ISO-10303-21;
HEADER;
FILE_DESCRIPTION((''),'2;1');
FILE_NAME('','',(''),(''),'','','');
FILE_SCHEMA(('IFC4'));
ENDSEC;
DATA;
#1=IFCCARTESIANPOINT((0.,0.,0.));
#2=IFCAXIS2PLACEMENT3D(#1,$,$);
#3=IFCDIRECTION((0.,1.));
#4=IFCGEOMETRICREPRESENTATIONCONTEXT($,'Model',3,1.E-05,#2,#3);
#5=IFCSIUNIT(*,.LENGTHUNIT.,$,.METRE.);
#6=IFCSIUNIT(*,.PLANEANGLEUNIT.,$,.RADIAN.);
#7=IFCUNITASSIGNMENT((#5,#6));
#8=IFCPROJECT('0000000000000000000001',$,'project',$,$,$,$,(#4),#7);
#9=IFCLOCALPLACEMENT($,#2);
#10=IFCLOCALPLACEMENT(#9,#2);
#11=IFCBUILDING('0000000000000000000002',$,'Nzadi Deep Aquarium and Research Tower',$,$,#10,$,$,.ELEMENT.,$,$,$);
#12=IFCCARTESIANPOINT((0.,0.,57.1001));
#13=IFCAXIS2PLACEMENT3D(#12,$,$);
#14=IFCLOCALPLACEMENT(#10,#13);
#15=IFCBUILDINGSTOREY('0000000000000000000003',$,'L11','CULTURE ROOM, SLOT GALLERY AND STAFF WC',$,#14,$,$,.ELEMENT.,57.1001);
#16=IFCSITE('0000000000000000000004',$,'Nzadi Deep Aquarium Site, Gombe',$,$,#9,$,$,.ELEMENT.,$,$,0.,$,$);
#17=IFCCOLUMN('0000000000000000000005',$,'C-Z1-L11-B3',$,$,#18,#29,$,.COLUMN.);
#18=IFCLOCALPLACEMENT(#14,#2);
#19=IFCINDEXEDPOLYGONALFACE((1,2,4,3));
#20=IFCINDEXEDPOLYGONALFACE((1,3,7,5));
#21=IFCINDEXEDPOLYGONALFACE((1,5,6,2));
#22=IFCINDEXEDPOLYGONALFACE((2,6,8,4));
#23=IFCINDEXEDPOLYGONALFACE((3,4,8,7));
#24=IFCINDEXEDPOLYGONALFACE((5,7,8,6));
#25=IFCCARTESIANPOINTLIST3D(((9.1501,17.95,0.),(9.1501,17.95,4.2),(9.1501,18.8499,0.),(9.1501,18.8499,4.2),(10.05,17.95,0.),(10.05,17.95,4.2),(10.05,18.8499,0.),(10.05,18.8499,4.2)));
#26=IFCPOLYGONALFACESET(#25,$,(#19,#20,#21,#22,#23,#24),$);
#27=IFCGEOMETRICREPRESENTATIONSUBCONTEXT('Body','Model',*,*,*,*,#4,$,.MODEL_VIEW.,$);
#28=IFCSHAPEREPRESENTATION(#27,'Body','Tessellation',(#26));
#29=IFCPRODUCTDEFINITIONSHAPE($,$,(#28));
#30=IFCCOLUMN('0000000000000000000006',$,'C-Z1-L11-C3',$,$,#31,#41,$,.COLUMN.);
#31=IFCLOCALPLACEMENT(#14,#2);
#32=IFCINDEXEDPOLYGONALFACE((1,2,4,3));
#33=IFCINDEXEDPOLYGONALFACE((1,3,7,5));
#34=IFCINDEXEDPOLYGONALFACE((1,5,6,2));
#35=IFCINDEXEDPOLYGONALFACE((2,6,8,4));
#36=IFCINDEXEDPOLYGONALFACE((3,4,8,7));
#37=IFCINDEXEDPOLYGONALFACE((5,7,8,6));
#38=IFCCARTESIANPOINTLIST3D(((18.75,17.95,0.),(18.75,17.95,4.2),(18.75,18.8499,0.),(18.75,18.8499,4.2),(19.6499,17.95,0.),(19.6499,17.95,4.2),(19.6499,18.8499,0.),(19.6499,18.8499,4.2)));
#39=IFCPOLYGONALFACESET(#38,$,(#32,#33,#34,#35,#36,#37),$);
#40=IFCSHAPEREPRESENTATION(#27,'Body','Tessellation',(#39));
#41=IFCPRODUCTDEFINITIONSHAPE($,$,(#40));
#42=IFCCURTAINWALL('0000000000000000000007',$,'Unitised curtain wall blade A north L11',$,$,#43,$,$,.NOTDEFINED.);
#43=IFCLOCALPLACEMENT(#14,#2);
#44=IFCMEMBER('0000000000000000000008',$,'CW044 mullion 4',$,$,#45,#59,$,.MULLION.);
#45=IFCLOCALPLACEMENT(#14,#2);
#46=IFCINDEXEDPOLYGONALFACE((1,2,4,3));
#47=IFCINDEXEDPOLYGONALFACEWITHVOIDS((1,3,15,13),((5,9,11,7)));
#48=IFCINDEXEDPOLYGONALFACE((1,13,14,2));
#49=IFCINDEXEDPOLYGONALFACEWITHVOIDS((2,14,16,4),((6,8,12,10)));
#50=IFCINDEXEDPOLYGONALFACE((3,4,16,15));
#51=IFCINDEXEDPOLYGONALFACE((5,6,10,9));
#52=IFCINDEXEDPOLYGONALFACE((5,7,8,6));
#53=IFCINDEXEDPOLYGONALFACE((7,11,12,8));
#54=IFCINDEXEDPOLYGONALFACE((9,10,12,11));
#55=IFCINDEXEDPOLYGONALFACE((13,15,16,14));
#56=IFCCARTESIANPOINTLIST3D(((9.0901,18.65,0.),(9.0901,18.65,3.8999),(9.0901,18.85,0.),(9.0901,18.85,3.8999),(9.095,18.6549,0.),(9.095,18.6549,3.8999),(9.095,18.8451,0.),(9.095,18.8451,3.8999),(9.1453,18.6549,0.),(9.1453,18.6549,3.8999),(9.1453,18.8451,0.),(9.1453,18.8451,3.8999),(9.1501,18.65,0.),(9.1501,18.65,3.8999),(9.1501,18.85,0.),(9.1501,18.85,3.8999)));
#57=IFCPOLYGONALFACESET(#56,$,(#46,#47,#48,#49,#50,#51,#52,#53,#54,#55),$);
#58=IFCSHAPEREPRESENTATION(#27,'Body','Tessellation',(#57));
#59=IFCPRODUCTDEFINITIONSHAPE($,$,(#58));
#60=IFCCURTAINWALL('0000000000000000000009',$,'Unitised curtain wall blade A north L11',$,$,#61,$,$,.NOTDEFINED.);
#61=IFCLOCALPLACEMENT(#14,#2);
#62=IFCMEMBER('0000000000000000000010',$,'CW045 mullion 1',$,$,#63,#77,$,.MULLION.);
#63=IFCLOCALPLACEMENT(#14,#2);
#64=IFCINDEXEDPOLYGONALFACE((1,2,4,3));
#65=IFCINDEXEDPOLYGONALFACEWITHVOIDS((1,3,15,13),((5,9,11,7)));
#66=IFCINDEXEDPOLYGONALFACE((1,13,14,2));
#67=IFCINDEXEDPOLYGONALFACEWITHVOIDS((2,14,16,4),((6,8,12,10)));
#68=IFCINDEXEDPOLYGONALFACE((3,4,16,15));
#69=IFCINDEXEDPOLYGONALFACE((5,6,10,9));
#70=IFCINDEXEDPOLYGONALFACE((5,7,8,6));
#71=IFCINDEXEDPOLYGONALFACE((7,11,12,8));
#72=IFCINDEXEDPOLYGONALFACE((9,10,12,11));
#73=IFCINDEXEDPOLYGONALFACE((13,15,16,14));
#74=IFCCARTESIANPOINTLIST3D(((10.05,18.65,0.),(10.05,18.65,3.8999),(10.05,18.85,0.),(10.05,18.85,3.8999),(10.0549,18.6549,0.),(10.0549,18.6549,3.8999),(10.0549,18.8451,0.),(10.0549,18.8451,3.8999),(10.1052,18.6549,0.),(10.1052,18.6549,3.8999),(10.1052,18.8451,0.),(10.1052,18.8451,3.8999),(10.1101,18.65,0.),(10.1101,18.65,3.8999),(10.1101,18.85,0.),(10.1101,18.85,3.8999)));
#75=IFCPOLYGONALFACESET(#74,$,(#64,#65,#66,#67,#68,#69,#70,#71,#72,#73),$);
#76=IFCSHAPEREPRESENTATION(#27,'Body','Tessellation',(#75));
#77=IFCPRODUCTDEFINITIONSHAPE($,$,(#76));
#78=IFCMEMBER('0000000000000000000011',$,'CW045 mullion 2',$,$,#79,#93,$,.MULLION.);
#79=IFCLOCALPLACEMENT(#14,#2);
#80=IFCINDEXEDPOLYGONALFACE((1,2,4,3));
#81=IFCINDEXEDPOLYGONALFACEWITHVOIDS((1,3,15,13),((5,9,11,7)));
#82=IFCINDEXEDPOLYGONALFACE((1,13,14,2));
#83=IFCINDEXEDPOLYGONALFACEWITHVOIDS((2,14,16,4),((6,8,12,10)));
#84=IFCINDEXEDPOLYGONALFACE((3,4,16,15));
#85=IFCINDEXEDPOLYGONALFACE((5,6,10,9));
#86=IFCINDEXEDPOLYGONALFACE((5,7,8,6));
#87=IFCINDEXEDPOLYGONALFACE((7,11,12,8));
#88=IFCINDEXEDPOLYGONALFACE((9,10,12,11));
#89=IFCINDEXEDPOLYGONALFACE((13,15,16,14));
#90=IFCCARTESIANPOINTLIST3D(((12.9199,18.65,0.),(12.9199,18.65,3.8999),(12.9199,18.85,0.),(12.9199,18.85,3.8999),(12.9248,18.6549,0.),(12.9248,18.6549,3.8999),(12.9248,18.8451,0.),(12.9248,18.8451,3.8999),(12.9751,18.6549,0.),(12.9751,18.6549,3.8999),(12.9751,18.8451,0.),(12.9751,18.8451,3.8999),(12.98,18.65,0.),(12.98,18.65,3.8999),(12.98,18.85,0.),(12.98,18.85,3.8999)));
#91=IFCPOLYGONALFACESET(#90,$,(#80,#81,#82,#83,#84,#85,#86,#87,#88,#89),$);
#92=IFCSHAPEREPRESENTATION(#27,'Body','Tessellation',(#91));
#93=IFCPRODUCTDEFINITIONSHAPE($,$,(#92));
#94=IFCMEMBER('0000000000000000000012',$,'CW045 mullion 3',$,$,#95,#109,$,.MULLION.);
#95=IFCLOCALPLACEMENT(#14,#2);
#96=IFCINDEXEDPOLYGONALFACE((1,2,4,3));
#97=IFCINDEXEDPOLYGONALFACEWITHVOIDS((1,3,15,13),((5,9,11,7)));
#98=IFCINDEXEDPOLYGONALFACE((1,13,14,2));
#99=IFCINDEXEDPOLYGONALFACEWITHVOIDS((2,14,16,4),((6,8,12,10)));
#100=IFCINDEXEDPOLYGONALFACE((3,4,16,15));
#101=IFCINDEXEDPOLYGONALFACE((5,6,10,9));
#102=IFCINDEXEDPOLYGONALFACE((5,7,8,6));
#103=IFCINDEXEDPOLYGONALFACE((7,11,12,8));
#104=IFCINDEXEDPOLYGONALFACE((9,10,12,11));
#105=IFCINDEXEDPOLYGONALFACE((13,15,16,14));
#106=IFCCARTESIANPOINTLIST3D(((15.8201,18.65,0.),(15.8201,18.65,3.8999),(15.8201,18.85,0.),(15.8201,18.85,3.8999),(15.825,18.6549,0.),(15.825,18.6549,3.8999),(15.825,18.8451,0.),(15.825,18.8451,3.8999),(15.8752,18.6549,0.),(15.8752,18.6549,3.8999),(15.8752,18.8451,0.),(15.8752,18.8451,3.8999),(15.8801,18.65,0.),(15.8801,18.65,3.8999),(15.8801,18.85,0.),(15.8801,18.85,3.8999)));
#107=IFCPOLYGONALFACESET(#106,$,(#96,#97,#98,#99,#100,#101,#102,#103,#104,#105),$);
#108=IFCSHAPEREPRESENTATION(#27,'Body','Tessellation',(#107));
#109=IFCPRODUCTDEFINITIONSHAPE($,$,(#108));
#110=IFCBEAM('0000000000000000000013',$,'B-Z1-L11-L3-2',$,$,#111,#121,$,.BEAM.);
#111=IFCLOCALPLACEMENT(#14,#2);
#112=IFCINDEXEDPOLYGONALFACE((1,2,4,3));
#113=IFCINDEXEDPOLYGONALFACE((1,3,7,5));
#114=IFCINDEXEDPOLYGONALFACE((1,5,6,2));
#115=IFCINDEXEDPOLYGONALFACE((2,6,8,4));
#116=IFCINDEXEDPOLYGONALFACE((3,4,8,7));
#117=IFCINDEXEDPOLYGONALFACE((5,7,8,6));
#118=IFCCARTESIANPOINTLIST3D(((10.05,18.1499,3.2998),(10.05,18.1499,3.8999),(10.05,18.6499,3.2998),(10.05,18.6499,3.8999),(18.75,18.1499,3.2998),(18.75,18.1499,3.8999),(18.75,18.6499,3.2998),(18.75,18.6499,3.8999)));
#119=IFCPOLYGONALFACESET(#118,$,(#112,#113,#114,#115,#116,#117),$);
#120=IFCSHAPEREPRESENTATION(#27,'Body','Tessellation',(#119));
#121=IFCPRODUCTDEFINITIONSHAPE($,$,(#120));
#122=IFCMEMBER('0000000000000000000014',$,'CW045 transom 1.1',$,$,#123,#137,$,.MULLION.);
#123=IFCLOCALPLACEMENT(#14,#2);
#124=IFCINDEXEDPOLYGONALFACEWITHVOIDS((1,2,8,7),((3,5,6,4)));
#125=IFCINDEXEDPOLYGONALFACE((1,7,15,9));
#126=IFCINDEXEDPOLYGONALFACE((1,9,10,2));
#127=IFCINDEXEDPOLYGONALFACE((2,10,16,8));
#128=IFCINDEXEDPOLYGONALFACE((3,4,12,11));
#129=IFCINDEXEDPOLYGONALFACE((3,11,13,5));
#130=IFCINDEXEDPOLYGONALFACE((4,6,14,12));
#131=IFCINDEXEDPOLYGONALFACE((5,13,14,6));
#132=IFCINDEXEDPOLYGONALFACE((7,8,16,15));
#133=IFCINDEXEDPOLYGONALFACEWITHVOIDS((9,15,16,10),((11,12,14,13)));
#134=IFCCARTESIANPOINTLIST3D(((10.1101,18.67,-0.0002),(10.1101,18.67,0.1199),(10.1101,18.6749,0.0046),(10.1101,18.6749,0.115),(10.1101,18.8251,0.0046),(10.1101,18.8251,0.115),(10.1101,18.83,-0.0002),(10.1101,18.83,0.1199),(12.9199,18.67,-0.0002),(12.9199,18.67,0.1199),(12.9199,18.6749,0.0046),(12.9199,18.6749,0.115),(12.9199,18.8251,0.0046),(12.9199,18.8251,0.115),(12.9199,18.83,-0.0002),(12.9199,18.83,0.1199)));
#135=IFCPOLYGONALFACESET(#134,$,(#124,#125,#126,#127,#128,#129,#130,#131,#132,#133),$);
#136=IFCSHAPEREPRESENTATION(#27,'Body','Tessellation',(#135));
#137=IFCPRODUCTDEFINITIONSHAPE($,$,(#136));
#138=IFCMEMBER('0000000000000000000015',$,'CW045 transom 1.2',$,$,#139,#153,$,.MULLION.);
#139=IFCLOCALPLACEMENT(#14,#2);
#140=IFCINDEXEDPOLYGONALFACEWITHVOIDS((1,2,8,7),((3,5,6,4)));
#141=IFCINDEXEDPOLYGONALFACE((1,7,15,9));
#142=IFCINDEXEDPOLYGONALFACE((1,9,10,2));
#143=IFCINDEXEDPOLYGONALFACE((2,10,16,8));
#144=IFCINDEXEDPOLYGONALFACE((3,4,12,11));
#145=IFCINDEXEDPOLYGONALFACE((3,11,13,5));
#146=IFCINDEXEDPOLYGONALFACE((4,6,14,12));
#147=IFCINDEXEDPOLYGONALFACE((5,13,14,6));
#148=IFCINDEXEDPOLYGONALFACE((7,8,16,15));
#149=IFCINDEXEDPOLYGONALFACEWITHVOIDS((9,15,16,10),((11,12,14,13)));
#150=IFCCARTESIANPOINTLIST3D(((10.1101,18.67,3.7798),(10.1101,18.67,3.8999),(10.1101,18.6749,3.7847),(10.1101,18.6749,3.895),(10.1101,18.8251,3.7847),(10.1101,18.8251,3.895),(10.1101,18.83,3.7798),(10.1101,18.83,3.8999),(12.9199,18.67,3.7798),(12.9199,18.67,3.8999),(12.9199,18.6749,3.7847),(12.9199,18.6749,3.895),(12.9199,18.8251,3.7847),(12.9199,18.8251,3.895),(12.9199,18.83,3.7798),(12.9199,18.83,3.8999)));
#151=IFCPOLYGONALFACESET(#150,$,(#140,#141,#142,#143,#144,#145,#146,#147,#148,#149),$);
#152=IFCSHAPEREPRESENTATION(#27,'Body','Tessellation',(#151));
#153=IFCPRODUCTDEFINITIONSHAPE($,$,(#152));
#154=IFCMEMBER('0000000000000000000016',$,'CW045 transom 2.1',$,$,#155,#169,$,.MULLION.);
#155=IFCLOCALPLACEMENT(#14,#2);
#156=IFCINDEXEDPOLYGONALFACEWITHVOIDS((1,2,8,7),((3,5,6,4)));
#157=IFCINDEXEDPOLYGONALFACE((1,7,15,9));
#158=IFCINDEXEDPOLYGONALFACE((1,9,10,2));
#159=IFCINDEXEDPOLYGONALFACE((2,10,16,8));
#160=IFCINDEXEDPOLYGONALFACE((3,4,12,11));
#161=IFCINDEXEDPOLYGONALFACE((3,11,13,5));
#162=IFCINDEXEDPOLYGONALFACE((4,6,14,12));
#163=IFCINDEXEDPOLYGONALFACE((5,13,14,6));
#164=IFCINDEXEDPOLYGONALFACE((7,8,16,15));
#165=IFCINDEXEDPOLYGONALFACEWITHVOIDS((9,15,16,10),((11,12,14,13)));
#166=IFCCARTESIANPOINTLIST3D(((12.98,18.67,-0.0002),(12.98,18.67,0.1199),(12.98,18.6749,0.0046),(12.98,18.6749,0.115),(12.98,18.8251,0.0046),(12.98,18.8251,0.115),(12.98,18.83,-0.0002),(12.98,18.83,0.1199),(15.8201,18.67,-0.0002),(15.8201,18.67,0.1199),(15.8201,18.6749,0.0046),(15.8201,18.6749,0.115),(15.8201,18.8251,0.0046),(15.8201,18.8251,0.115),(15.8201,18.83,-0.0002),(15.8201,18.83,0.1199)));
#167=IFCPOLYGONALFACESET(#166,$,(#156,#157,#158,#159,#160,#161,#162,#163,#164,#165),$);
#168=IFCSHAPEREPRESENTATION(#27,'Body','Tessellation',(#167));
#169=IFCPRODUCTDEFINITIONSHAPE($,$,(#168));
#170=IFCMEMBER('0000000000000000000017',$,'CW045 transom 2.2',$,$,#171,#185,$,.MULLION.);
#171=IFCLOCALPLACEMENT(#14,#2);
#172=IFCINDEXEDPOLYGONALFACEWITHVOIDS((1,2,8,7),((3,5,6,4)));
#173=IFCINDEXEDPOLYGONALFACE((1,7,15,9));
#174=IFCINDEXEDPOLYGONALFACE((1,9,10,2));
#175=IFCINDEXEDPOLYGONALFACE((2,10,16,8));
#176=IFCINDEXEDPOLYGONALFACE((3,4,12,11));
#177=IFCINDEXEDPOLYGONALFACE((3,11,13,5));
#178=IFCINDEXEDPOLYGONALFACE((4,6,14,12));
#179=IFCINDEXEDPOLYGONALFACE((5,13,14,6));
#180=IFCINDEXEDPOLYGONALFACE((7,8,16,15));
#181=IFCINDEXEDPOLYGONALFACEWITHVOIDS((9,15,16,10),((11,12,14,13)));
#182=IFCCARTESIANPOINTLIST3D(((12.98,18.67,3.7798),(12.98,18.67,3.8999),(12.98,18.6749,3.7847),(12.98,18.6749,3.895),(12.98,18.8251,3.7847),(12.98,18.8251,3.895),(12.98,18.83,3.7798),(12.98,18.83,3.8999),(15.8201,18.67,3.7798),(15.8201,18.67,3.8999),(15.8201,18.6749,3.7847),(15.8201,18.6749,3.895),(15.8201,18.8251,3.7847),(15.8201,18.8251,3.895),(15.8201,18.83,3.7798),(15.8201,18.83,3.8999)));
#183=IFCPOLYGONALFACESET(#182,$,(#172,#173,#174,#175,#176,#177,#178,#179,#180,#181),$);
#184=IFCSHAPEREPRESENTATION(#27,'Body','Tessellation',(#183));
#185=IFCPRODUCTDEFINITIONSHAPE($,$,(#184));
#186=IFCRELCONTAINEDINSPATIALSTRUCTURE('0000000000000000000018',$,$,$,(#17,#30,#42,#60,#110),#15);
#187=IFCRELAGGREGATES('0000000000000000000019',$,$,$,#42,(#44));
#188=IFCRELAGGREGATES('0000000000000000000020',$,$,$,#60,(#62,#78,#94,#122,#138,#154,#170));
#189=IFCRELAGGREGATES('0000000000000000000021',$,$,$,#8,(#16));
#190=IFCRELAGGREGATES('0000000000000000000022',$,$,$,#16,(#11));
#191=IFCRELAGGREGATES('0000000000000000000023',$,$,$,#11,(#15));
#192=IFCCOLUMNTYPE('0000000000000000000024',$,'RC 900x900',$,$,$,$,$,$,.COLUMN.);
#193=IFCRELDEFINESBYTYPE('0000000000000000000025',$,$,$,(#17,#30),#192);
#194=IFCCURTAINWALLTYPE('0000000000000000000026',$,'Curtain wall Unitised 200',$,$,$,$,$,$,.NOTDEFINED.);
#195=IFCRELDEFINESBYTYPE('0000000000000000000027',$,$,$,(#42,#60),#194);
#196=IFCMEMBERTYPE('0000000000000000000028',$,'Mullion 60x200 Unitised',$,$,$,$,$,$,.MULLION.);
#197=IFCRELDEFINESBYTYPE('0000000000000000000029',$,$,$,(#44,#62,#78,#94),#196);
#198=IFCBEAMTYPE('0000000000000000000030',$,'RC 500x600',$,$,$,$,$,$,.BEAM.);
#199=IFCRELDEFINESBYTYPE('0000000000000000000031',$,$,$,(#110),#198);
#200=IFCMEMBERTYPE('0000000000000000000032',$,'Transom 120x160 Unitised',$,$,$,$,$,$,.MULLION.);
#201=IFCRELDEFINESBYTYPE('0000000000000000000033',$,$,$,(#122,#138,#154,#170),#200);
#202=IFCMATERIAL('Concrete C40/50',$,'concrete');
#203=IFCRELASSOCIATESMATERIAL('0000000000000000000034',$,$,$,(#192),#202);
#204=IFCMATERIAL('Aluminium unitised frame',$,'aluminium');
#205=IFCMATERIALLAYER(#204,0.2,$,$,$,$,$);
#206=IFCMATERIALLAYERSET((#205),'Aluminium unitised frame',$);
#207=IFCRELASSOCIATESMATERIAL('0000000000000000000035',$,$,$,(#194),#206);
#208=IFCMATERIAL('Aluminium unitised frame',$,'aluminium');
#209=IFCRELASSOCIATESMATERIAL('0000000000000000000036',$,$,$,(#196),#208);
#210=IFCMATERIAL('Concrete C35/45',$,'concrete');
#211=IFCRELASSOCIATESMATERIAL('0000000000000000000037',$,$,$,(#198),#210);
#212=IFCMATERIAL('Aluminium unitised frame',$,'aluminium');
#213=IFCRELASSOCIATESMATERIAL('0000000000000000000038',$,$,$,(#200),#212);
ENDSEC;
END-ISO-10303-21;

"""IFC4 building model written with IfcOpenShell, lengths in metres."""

from ifc_helpers import new_model, si_unit, direction, frame, origin, origin_2d, place, context, subcontext, project, spatial, rectangle, hollow_rectangle, extrude, material, layer, layer_set, material_profile, profile_set, type_object, element, aggregate, save


model = new_model("IFC4")

# Units and contexts
model_context = context("Model", 3, precision=1e-05, world=origin(), true_north=direction((0.0, 1.0)))
body_context = subcontext(model_context, "Body", "Model", "MODEL_VIEW")
ifc_project = project(units=[si_unit("LENGTHUNIT", "METRE"), si_unit("PLANEANGLEUNIT", "RADIAN")], contexts=[model_context])

# Site, building, storey
site_placement = place(None, origin())
site = spatial("IfcSite", under=ifc_project, at=site_placement, Name="Nzadi Deep Aquarium Site, Gombe", CompositionType="ELEMENT", RefElevation=0.0)
building_placement = place(site_placement, origin())
building = spatial("IfcBuilding", under=site, at=building_placement, Name="Nzadi Deep Aquarium and Research Tower", CompositionType="ELEMENT")
storey_placement = place(building_placement, frame((0.0, 0.0, 57.1001)))
storey = spatial("IfcBuildingStorey", under=building, at=storey_placement, Name="L11", Description="CULTURE ROOM, SLOT GALLERY AND STAFF WC", CompositionType="ELEMENT", Elevation=57.1001)

# Columns
ifc_material_1 = material(Name="Concrete C40/50", Category="concrete")
ifc_material_profile_1 = material_profile(ifc_material_1, rectangle(XDim=0.8999, YDim=0.8999, at=origin_2d()))
ifc_profile_set_1 = profile_set([ifc_material_profile_1], Name="Concrete C40/50")
column_type = type_object("IfcColumnType", Name="RC 900x900", PredefinedType="COLUMN", material=ifc_profile_set_1)
for number, where, z_axis, x_axis, name in (
    (1, (9.6001, 18.3999, 0.0), (0.0, 0.0, 1.0), (1.0, 0.0, 0.0), "C-Z1-L11-B3"),
    (2, (19.2, 18.3999, 0.0), (0.0, 0.0, 1.0), (1.0, 0.0, 0.0), "C-Z1-L11-C3"),
):
    element("IfcColumn", number, at=place(storey_placement, frame(where, z_axis=z_axis, x_axis=x_axis)), inside=storey, type_object=column_type, Name=name, PredefinedType="COLUMN", context=body_context, shape_type="SweptSolid", body=[
        extrude(rectangle(XDim=0.8999, YDim=0.8999, at=origin_2d()), origin(), (0.0, 0.0, 1.0), 4.2),
    ])

# Curtain wall, member
ifc_material_2 = material(Name="Aluminium unitised frame", Category="aluminium")
ifc_layer_1 = layer(ifc_material_2, 0.2)
ifc_layer_set_1 = layer_set([ifc_layer_1], Name="Aluminium unitised frame")
curtain_wall_type = type_object("IfcCurtainWallType", Name="Curtain wall Unitised 200", PredefinedType="NOTDEFINED", material=ifc_layer_set_1)
curtain_wall_1_placement = place(storey_placement, origin())
curtain_wall_1 = element("IfcCurtainWall", 3, at=curtain_wall_1_placement, inside=storey, type_object=curtain_wall_type, Name="Unitised curtain wall blade A north L11", PredefinedType="NOTDEFINED")
ifc_material_3 = material(Name="Aluminium unitised frame", Category="aluminium")
ifc_material_profile_2 = material_profile(ifc_material_3, hollow_rectangle(XDim=0.2, YDim=0.0601, WallThickness=0.0049, at=origin_2d()))
ifc_profile_set_2 = profile_set([ifc_material_profile_2], Name="Aluminium unitised frame")
member_type_1 = type_object("IfcMemberType", Name="Mullion 60x200 Unitised", PredefinedType="MULLION", material=ifc_profile_set_2)
member_1_placement = place(storey_placement, frame((9.1201, 18.75, 0.0), z_axis=(0.0, 0.0, 1.0), x_axis=(0.0, 1.0, 0.0)))
member_1 = element("IfcMember", 4, at=member_1_placement, type_object=member_type_1, Name="CW044 mullion 4", PredefinedType="MULLION", context=body_context, shape_type="SweptSolid", body=[
    extrude(hollow_rectangle(XDim=0.2, YDim=0.0601, WallThickness=0.0049, at=origin_2d()), origin(), (0.0, 0.0, 1.0), 3.8999),
])
aggregate(curtain_wall_1, [member_1])

# Curtain wall, members
curtain_wall_2_placement = place(storey_placement, origin())
curtain_wall_2 = element("IfcCurtainWall", 5, at=curtain_wall_2_placement, inside=storey, type_object=curtain_wall_type, Name="Unitised curtain wall blade A north L11", PredefinedType="NOTDEFINED")
member_2_placement = place(storey_placement, frame((10.0801, 18.75, 0.0), z_axis=(0.0, 0.0, 1.0), x_axis=(0.0, 1.0, 0.0)))
member_2 = element("IfcMember", 6, at=member_2_placement, type_object=member_type_1, Name="CW045 mullion 1", PredefinedType="MULLION", context=body_context, shape_type="SweptSolid", body=[
    extrude(hollow_rectangle(XDim=0.2, YDim=0.0601, WallThickness=0.0049, at=origin_2d()), origin(), (0.0, 0.0, 1.0), 3.8999),
])
member_3_placement = place(storey_placement, frame((12.95, 18.75, 0.0), z_axis=(0.0, 0.0, 1.0), x_axis=(0.0, 1.0, 0.0)))
member_3 = element("IfcMember", 7, at=member_3_placement, type_object=member_type_1, Name="CW045 mullion 2", PredefinedType="MULLION", context=body_context, shape_type="SweptSolid", body=[
    extrude(hollow_rectangle(XDim=0.2, YDim=0.0601, WallThickness=0.0049, at=origin_2d()), origin(), (0.0, 0.0, 1.0), 3.8999),
])
member_4_placement = place(storey_placement, frame((15.8501, 18.75, 0.0), z_axis=(0.0, 0.0, 1.0), x_axis=(0.0, 1.0, 0.0)))
member_4 = element("IfcMember", 8, at=member_4_placement, type_object=member_type_1, Name="CW045 mullion 3", PredefinedType="MULLION", context=body_context, shape_type="SweptSolid", body=[
    extrude(hollow_rectangle(XDim=0.2, YDim=0.0601, WallThickness=0.0049, at=origin_2d()), origin(), (0.0, 0.0, 1.0), 3.8999),
])

# Beam
ifc_material_4 = material(Name="Concrete C35/45", Category="concrete")
ifc_material_profile_3 = material_profile(ifc_material_4, rectangle(XDim=0.5, YDim=0.6001, at=origin_2d()))
ifc_profile_set_3 = profile_set([ifc_material_profile_3], Name="Concrete C35/45")
beam_type = type_object("IfcBeamType", Name="RC 500x600", PredefinedType="BEAM", material=ifc_profile_set_3)
beam_placement = place(storey_placement, frame((10.05, 18.3999, 3.5999), z_axis=(1.0, 0.0, 0.0), x_axis=(0.0, 1.0, 0.0)))
element("IfcBeam", 9, at=beam_placement, inside=storey, type_object=beam_type, Name="B-Z1-L11-L3-2", PredefinedType="BEAM", context=body_context, shape_type="SweptSolid", body=[
    extrude(rectangle(XDim=0.5, YDim=0.6001, at=origin_2d()), origin(), (0.0, 0.0, 1.0), 8.7),
])

# Members
ifc_material_5 = material(Name="Aluminium unitised frame", Category="aluminium")
ifc_material_profile_4 = material_profile(ifc_material_5, hollow_rectangle(XDim=0.1599, YDim=0.1201, WallThickness=0.0049, at=origin_2d()))
ifc_profile_set_4 = profile_set([ifc_material_profile_4], Name="Aluminium unitised frame")
member_type_2 = type_object("IfcMemberType", Name="Transom 120x160 Unitised", PredefinedType="MULLION", material=ifc_profile_set_4)
member_5_placement = place(storey_placement, frame((10.1101, 18.75, 0.0598), z_axis=(1.0, 0.0, 0.0), x_axis=(0.0, 1.0, 0.0)))
member_5 = element("IfcMember", 10, at=member_5_placement, type_object=member_type_2, Name="CW045 transom 1.1", PredefinedType="MULLION", context=body_context, shape_type="SweptSolid", body=[
    extrude(hollow_rectangle(XDim=0.1599, YDim=0.1201, WallThickness=0.0049, at=origin_2d()), origin(), (0.0, 0.0, 1.0), 2.8098),
])
member_6_placement = place(storey_placement, frame((10.1101, 18.75, 3.8398), z_axis=(1.0, 0.0, 0.0), x_axis=(0.0, 1.0, 0.0)))
member_6 = element("IfcMember", 11, at=member_6_placement, type_object=member_type_2, Name="CW045 transom 1.2", PredefinedType="MULLION", context=body_context, shape_type="SweptSolid", body=[
    extrude(hollow_rectangle(XDim=0.1599, YDim=0.1201, WallThickness=0.0049, at=origin_2d()), origin(), (0.0, 0.0, 1.0), 2.8098),
])
member_7_placement = place(storey_placement, frame((12.98, 18.75, 0.0598), z_axis=(1.0, 0.0, 0.0), x_axis=(0.0, 1.0, 0.0)))
member_7 = element("IfcMember", 12, at=member_7_placement, type_object=member_type_2, Name="CW045 transom 2.1", PredefinedType="MULLION", context=body_context, shape_type="SweptSolid", body=[
    extrude(hollow_rectangle(XDim=0.1599, YDim=0.1201, WallThickness=0.0049, at=origin_2d()), origin(), (0.0, 0.0, 1.0), 2.8401),
])
member_8_placement = place(storey_placement, frame((12.98, 18.75, 3.8398), z_axis=(1.0, 0.0, 0.0), x_axis=(0.0, 1.0, 0.0)))
member_8 = element("IfcMember", 13, at=member_8_placement, type_object=member_type_2, Name="CW045 transom 2.2", PredefinedType="MULLION", context=body_context, shape_type="SweptSolid", body=[
    extrude(hollow_rectangle(XDim=0.1599, YDim=0.1201, WallThickness=0.0049, at=origin_2d()), origin(), (0.0, 0.0, 1.0), 2.8401),
])

aggregate(curtain_wall_2, [member_2, member_3, member_4, member_5, member_6, member_7, member_8])

save(model, "model.ifc")
